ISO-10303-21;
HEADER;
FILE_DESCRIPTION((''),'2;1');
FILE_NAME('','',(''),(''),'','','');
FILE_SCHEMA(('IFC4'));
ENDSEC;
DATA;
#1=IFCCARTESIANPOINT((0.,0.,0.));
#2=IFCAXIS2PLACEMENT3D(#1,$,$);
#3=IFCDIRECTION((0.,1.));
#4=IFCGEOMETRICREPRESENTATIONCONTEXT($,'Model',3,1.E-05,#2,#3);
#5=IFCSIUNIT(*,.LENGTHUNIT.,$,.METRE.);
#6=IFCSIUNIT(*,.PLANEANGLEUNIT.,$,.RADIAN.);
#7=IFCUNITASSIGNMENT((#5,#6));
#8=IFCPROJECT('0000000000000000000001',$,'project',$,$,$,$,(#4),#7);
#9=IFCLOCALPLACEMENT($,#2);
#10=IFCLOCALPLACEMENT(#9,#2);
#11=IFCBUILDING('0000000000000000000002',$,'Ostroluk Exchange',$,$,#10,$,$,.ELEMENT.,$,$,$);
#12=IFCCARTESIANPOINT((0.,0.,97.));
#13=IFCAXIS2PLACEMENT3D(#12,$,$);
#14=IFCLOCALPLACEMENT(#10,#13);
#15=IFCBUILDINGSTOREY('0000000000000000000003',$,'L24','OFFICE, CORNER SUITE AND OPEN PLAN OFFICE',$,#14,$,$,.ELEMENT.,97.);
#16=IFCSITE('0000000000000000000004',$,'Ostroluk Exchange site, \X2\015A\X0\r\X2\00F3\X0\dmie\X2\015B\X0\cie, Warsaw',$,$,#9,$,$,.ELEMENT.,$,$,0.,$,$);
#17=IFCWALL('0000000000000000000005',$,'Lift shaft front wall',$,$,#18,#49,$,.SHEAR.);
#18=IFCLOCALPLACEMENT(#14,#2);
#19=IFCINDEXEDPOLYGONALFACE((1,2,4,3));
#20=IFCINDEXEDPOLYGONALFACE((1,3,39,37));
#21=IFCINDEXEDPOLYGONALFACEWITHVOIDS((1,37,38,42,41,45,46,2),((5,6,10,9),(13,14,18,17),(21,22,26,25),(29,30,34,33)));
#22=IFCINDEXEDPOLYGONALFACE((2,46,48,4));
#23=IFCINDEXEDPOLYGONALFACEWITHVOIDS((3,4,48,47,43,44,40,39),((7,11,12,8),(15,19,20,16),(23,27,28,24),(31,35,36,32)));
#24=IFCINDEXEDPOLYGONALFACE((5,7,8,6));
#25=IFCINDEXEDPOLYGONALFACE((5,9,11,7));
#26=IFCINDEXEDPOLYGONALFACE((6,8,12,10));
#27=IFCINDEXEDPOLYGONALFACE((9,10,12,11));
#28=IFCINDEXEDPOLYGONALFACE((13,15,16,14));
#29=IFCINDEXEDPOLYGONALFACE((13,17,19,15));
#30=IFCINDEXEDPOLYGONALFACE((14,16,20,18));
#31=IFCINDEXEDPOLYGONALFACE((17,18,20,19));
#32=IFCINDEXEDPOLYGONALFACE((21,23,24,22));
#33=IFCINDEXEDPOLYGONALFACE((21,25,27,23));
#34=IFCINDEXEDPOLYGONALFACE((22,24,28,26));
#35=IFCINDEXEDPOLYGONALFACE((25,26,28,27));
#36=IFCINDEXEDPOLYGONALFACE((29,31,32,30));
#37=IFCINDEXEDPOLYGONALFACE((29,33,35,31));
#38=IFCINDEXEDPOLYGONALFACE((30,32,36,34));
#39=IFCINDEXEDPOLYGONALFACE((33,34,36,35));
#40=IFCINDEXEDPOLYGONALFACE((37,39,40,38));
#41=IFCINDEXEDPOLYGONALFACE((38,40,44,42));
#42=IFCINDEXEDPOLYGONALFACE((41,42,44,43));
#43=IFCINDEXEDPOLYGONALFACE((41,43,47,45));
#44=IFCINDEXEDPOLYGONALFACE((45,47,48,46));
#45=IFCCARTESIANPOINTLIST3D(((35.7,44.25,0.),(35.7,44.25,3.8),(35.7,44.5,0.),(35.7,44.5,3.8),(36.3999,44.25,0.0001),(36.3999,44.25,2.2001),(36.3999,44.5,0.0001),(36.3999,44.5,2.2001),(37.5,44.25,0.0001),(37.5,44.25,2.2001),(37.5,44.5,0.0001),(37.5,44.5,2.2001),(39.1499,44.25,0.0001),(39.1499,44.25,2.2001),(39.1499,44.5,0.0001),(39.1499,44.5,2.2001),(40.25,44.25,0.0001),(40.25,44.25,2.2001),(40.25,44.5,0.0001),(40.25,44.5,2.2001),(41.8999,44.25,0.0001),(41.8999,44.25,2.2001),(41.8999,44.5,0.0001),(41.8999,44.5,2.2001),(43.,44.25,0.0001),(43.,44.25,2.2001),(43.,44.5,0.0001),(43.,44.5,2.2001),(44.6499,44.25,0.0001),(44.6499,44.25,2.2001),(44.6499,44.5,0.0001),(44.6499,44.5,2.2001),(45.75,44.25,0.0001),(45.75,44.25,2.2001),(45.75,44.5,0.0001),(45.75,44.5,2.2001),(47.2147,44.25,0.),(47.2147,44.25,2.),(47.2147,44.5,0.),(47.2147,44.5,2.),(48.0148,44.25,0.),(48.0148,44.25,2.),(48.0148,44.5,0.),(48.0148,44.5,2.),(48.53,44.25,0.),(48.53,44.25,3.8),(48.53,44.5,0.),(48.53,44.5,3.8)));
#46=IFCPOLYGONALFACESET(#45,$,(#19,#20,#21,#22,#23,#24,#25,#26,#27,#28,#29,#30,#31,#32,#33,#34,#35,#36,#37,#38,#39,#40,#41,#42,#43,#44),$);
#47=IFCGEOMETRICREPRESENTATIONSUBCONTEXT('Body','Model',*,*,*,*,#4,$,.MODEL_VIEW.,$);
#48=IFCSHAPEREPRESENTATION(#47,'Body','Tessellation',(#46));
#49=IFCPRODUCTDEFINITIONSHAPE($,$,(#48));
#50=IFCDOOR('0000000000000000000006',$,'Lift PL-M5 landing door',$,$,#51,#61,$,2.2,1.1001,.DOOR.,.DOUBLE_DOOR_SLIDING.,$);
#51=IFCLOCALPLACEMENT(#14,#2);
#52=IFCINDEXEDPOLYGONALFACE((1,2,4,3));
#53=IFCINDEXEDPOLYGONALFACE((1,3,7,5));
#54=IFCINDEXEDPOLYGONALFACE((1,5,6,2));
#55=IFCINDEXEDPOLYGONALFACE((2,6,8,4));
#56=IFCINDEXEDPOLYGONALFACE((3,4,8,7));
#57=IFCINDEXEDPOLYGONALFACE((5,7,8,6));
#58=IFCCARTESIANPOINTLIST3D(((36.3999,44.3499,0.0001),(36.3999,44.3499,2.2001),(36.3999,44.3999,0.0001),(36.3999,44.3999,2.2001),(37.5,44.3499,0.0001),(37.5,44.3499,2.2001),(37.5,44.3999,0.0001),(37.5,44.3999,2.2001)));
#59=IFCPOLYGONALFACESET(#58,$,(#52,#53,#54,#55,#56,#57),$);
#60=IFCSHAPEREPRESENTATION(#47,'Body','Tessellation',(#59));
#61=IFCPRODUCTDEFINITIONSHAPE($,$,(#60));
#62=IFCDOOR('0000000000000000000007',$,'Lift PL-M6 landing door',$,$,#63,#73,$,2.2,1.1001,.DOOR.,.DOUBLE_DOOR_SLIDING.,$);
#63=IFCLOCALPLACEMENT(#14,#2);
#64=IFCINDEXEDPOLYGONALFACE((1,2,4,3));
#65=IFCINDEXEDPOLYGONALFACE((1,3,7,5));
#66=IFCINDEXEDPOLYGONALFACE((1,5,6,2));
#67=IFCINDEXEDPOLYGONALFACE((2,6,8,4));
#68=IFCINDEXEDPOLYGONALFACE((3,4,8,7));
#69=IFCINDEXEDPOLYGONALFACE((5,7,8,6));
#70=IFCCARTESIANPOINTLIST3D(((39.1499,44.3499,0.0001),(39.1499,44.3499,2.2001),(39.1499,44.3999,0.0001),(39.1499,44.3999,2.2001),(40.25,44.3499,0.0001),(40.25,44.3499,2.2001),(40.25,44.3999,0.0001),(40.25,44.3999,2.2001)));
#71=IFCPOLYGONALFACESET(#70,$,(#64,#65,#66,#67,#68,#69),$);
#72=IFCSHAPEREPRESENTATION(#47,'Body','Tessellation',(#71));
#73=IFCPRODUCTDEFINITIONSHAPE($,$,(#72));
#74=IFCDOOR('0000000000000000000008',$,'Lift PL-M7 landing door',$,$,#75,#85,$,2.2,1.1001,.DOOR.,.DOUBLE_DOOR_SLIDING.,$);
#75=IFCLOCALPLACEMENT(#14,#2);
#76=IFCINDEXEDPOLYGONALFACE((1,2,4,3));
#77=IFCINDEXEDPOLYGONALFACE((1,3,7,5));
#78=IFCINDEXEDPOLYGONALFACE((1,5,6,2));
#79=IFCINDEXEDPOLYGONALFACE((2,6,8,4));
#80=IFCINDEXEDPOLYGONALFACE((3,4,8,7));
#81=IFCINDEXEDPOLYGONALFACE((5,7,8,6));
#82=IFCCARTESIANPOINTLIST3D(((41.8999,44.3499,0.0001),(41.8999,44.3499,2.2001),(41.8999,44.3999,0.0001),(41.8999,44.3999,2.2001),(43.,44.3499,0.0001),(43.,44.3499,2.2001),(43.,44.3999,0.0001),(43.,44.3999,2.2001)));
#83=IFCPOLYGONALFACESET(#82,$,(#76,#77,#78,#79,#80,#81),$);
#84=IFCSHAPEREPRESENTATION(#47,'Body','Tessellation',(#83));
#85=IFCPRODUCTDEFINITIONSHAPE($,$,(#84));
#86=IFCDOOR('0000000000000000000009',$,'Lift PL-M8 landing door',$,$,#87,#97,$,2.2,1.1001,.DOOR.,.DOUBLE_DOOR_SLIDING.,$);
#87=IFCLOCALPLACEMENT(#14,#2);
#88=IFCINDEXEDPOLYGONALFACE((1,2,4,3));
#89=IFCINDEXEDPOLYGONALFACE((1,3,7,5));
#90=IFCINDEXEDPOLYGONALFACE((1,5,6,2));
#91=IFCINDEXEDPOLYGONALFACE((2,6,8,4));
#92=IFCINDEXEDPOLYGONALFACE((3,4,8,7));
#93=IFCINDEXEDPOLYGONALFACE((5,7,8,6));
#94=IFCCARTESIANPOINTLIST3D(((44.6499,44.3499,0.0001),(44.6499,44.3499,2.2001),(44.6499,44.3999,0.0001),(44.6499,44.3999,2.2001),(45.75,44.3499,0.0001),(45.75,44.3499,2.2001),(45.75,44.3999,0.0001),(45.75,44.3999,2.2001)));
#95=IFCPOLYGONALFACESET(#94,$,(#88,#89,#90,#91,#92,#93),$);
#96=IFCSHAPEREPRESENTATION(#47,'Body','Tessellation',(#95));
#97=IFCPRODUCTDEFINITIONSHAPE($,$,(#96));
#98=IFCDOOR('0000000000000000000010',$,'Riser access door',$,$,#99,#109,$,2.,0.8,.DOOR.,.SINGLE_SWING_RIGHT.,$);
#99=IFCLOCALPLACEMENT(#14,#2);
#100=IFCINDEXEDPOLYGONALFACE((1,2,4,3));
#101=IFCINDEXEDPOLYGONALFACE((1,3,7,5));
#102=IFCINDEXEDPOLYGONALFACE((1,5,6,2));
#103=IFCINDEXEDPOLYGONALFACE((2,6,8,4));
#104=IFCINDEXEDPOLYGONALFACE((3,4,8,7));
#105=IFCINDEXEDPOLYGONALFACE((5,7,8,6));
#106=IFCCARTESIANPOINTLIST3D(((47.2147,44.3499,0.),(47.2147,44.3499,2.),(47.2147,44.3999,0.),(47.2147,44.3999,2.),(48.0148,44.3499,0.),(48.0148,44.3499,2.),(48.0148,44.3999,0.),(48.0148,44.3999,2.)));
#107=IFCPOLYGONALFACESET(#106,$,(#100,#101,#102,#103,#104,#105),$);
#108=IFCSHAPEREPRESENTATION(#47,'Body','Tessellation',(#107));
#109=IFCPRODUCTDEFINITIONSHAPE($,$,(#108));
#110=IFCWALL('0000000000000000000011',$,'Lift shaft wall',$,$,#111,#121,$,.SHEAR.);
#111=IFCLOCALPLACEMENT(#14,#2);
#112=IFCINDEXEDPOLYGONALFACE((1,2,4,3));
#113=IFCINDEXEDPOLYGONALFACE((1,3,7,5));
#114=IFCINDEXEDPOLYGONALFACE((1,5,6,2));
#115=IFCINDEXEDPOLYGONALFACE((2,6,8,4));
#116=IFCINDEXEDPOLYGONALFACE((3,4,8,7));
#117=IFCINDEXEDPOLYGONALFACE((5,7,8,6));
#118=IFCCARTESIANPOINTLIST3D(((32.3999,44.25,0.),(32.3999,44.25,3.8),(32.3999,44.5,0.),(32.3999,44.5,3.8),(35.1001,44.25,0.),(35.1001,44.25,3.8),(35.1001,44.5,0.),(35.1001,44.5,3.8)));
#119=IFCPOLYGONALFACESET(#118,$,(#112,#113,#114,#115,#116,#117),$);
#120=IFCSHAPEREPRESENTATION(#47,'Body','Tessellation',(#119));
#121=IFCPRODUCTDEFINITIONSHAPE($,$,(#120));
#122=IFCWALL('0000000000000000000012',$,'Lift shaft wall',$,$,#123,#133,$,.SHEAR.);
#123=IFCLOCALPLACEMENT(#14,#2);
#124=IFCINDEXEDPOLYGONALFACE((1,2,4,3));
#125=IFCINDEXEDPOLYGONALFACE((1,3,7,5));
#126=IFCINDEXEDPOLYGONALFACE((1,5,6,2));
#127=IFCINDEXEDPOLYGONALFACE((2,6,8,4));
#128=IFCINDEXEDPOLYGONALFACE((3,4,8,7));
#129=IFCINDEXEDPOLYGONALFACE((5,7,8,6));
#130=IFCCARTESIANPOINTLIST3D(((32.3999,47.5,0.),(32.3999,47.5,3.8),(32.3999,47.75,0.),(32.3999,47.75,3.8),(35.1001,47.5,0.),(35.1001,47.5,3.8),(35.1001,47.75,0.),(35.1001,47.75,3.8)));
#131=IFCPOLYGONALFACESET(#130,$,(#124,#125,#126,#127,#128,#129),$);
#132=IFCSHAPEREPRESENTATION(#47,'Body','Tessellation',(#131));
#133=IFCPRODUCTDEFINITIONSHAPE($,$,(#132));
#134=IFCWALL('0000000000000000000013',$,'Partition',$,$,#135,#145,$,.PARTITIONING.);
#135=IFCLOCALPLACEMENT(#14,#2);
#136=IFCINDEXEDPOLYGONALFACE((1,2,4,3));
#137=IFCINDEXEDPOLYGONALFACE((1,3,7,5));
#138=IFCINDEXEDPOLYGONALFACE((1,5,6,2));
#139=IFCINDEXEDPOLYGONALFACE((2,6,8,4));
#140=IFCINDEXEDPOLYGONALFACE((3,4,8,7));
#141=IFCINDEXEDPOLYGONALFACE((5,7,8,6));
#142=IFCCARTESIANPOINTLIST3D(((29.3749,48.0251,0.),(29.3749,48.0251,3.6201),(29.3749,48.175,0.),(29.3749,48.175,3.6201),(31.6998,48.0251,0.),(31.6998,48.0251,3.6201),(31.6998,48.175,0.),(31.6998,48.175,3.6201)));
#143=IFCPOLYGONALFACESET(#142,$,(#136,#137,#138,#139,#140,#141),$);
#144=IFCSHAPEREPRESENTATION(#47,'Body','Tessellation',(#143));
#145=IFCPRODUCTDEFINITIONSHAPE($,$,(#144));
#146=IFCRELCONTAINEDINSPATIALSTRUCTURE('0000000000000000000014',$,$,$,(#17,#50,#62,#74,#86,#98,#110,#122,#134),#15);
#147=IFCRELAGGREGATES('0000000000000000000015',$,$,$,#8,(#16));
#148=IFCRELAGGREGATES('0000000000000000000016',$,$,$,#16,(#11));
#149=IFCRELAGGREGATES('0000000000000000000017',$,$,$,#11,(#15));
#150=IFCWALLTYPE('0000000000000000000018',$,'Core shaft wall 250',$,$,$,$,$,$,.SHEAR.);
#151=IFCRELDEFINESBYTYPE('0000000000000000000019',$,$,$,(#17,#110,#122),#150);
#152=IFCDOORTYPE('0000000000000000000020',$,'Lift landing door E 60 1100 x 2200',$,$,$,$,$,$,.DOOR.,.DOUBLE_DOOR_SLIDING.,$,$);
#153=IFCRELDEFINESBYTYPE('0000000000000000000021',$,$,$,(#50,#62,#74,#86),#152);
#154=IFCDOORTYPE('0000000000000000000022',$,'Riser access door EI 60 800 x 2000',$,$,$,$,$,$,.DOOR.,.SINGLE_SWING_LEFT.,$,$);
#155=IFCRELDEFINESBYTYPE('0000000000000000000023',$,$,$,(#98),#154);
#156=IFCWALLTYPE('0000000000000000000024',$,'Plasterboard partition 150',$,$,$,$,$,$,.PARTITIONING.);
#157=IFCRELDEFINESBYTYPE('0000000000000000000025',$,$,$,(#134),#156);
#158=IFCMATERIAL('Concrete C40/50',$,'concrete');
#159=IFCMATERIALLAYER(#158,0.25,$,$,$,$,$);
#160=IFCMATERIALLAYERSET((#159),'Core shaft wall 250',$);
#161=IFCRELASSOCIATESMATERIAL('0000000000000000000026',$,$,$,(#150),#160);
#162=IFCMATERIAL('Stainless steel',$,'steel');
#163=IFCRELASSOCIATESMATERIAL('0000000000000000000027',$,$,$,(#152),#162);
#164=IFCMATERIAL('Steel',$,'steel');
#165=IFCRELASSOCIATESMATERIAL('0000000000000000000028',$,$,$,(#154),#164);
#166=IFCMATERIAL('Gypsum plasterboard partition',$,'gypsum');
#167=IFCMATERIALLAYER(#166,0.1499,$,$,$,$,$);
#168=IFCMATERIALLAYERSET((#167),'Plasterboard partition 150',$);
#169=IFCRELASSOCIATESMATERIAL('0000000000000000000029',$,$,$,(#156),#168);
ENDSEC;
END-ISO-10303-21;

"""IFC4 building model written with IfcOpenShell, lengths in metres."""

from ifc_helpers import new_model, si_unit, direction, frame, frame_2d, origin, place, context, subcontext, project, spatial, rectangle, extrude, material, layer, layer_set, type_object, element, fill, save


model = new_model("IFC4")

# Units and contexts
model_context = context("Model", 3, precision=1e-05, world=origin(), true_north=direction((0.0, 1.0)))
body_context = subcontext(model_context, "Body", "Model", "MODEL_VIEW")
ifc_project = project(units=[si_unit("LENGTHUNIT", "METRE"), si_unit("PLANEANGLEUNIT", "RADIAN")], contexts=[model_context])

# Site, building, storey
site_placement = place(None, origin())
site = spatial("IfcSite", under=ifc_project, at=site_placement, Name="Ostroluk Exchange site, Śródmieście, Warsaw", CompositionType="ELEMENT", RefElevation=0.0)
building_placement = place(site_placement, origin())
building = spatial("IfcBuilding", under=site, at=building_placement, Name="Ostroluk Exchange", CompositionType="ELEMENT")
storey_placement = place(building_placement, frame((0.0, 0.0, 97.0)))
storey = spatial("IfcBuildingStorey", under=building, at=storey_placement, Name="L24", Description="OFFICE, CORNER SUITE AND OPEN PLAN OFFICE", CompositionType="ELEMENT", Elevation=97.0)

# Shared definitions
ifc_material_1 = material(Name="Concrete C40/50", Category="concrete")
ifc_layer_1 = layer(ifc_material_1, 0.25)
ifc_layer_set_1 = layer_set([ifc_layer_1], Name="Core shaft wall 250")
wall_type_1 = type_object("IfcWallType", Name="Core shaft wall 250", PredefinedType="SHEAR", material=ifc_layer_set_1)

# Shared definitions
ifc_material_2 = material(Name="Stainless steel", Category="steel")
door_type_1 = type_object("IfcDoorType", Name="Lift landing door E 60 1100 x 2200", OperationType="DOUBLE_DOOR_SLIDING", PredefinedType="DOOR", material=ifc_material_2)
ifc_material_3 = material(Name="Steel", Category="steel")
door_type_2 = type_object("IfcDoorType", Name="Riser access door EI 60 800 x 2000", OperationType="SINGLE_SWING_LEFT", PredefinedType="DOOR", material=ifc_material_3)

# Wall, openings, doors
wall_1_placement = place(storey_placement, frame((35.7, 44.375, 0.0), z_axis=(0.0, 0.0, 1.0), x_axis=(1.0, 0.0, 0.0)))
wall_1 = element("IfcWall", 1, at=wall_1_placement, inside=storey, type_object=wall_type_1, Name="Lift shaft front wall", PredefinedType="SHEAR", context=body_context, shape_type="SweptSolid", body=[
    extrude(rectangle(XDim=12.8301, YDim=0.25, at=frame_2d((6.415, 0.0))), origin(), (0.0, 0.0, 1.0), 3.8),
])
opening_1_placement = place(wall_1_placement, frame((0.7, 0.0, 0.0)))
opening_1 = element("IfcOpeningElement", 2, at=opening_1_placement, cuts=wall_1, PredefinedType="OPENING", context=body_context, shape_type="SweptSolid", body=[
    extrude(rectangle(XDim=1.1001, YDim=2.2, at=frame_2d((0.55, 1.1001))), frame((0.0, 0.135, 0.0), z_axis=(0.0, -1.0, 0.0), x_axis=(1.0, 0.0, 0.0)), (0.0, 0.0, 1.0), 0.27),
])
opening_2_placement = place(wall_1_placement, frame((3.45, 0.0, 0.0)))
opening_2 = element("IfcOpeningElement", 3, at=opening_2_placement, cuts=wall_1, PredefinedType="OPENING", context=body_context, shape_type="SweptSolid", body=[
    extrude(rectangle(XDim=1.1001, YDim=2.2, at=frame_2d((0.55, 1.1001))), frame((0.0, 0.135, 0.0), z_axis=(0.0, -1.0, 0.0), x_axis=(1.0, 0.0, 0.0)), (0.0, 0.0, 1.0), 0.27),
])
opening_3_placement = place(wall_1_placement, frame((6.2, 0.0, 0.0)))
opening_3 = element("IfcOpeningElement", 4, at=opening_3_placement, cuts=wall_1, PredefinedType="OPENING", context=body_context, shape_type="SweptSolid", body=[
    extrude(rectangle(XDim=1.1001, YDim=2.2, at=frame_2d((0.55, 1.1001))), frame((0.0, 0.135, 0.0), z_axis=(0.0, -1.0, 0.0), x_axis=(1.0, 0.0, 0.0)), (0.0, 0.0, 1.0), 0.27),
])
opening_4_placement = place(wall_1_placement, frame((8.95, 0.0, 0.0)))
opening_4 = element("IfcOpeningElement", 5, at=opening_4_placement, cuts=wall_1, PredefinedType="OPENING", context=body_context, shape_type="SweptSolid", body=[
    extrude(rectangle(XDim=1.1001, YDim=2.2, at=frame_2d((0.55, 1.1001))), frame((0.0, 0.135, 0.0), z_axis=(0.0, -1.0, 0.0), x_axis=(1.0, 0.0, 0.0)), (0.0, 0.0, 1.0), 0.27),
])
opening_5_placement = place(wall_1_placement, frame((11.5149, 0.0, 0.0)))
opening_5 = element("IfcOpeningElement", 6, at=opening_5_placement, cuts=wall_1, PredefinedType="OPENING", context=body_context, shape_type="SweptSolid", body=[
    extrude(rectangle(XDim=0.8, YDim=2.0, at=frame_2d((0.3999, 1.0))), frame((0.0, 0.135, 0.0), z_axis=(0.0, -1.0, 0.0), x_axis=(1.0, 0.0, 0.0)), (0.0, 0.0, 1.0), 0.27),
])
door_1_placement = place(opening_1_placement, origin())
door_1 = element("IfcDoor", 7, at=door_1_placement, inside=storey, type_object=door_type_1, Name="Lift PL-M5 landing door", OperationType="DOUBLE_DOOR_SLIDING", OverallHeight=2.2, OverallWidth=1.1001, PredefinedType="DOOR", context=body_context, shape_type="SweptSolid", body=[
    extrude(rectangle(XDim=1.1001, YDim=2.2, at=frame_2d((0.55, 1.1001))), frame((0.0, 0.0249, 0.0), z_axis=(0.0, -1.0, 0.0), x_axis=(1.0, 0.0, 0.0)), (0.0, 0.0, 1.0), 0.05),
])
fill(opening_1, door_1)
door_2_placement = place(opening_2_placement, origin())
door_2 = element("IfcDoor", 8, at=door_2_placement, inside=storey, type_object=door_type_1, Name="Lift PL-M6 landing door", OperationType="DOUBLE_DOOR_SLIDING", OverallHeight=2.2, OverallWidth=1.1001, PredefinedType="DOOR", context=body_context, shape_type="SweptSolid", body=[
    extrude(rectangle(XDim=1.1001, YDim=2.2, at=frame_2d((0.55, 1.1001))), frame((0.0, 0.0249, 0.0), z_axis=(0.0, -1.0, 0.0), x_axis=(1.0, 0.0, 0.0)), (0.0, 0.0, 1.0), 0.05),
])
fill(opening_2, door_2)
door_3_placement = place(opening_3_placement, origin())
door_3 = element("IfcDoor", 9, at=door_3_placement, inside=storey, type_object=door_type_1, Name="Lift PL-M7 landing door", OperationType="DOUBLE_DOOR_SLIDING", OverallHeight=2.2, OverallWidth=1.1001, PredefinedType="DOOR", context=body_context, shape_type="SweptSolid", body=[
    extrude(rectangle(XDim=1.1001, YDim=2.2, at=frame_2d((0.55, 1.1001))), frame((0.0, 0.0249, 0.0), z_axis=(0.0, -1.0, 0.0), x_axis=(1.0, 0.0, 0.0)), (0.0, 0.0, 1.0), 0.05),
])
fill(opening_3, door_3)
door_4_placement = place(opening_4_placement, origin())
door_4 = element("IfcDoor", 10, at=door_4_placement, inside=storey, type_object=door_type_1, Name="Lift PL-M8 landing door", OperationType="DOUBLE_DOOR_SLIDING", OverallHeight=2.2, OverallWidth=1.1001, PredefinedType="DOOR", context=body_context, shape_type="SweptSolid", body=[
    extrude(rectangle(XDim=1.1001, YDim=2.2, at=frame_2d((0.55, 1.1001))), frame((0.0, 0.0249, 0.0), z_axis=(0.0, -1.0, 0.0), x_axis=(1.0, 0.0, 0.0)), (0.0, 0.0, 1.0), 0.05),
])
fill(opening_4, door_4)
door_5_placement = place(opening_5_placement, origin())
door_5 = element("IfcDoor", 11, at=door_5_placement, inside=storey, type_object=door_type_2, Name="Riser access door", OperationType="SINGLE_SWING_RIGHT", OverallHeight=2.0, OverallWidth=0.8, PredefinedType="DOOR", context=body_context, shape_type="SweptSolid", body=[
    extrude(rectangle(XDim=0.8, YDim=2.0, at=frame_2d((0.3999, 1.0))), frame((0.0, 0.0249, 0.0), z_axis=(0.0, -1.0, 0.0), x_axis=(1.0, 0.0, 0.0)), (0.0, 0.0, 1.0), 0.05),
])
fill(opening_5, door_5)

# Walls
for number, where, z_axis, x_axis, name in (
    (12, (32.3999, 44.375, 0.0), (0.0, 0.0, 1.0), (1.0, 0.0, 0.0), "Lift shaft wall"),
    (13, (32.3999, 47.625, 0.0), (0.0, 0.0, 1.0), (1.0, 0.0, 0.0), "Lift shaft wall"),
):
    element("IfcWall", number, at=place(storey_placement, frame(where, z_axis=z_axis, x_axis=x_axis)), inside=storey, type_object=wall_type_1, Name=name, PredefinedType="SHEAR", context=body_context, shape_type="SweptSolid", body=[
        extrude(rectangle(XDim=2.7002, YDim=0.25, at=frame_2d((1.3501, 0.0))), origin(), (0.0, 0.0, 1.0), 3.8),
    ])
ifc_material_4 = material(Name="Gypsum plasterboard partition", Category="gypsum")
ifc_layer_2 = layer(ifc_material_4, 0.1499)
ifc_layer_set_2 = layer_set([ifc_layer_2], Name="Plasterboard partition 150")
wall_type_2 = type_object("IfcWallType", Name="Plasterboard partition 150", PredefinedType="PARTITIONING", material=ifc_layer_set_2)
wall_2_placement = place(storey_placement, frame((31.7, 48.1001, 0.0), z_axis=(0.0, 0.0, 1.0), x_axis=(-1.0, 0.0, 0.0)))
element("IfcWall", 14, at=wall_2_placement, inside=storey, type_object=wall_type_2, Name="Partition", PredefinedType="PARTITIONING", context=body_context, shape_type="SweptSolid", body=[
    extrude(rectangle(XDim=2.325, YDim=0.1499, at=frame_2d((1.1626, 0.0))), origin(), (0.0, 0.0, 1.0), 3.6201),
])

save(model, "model.ifc")
